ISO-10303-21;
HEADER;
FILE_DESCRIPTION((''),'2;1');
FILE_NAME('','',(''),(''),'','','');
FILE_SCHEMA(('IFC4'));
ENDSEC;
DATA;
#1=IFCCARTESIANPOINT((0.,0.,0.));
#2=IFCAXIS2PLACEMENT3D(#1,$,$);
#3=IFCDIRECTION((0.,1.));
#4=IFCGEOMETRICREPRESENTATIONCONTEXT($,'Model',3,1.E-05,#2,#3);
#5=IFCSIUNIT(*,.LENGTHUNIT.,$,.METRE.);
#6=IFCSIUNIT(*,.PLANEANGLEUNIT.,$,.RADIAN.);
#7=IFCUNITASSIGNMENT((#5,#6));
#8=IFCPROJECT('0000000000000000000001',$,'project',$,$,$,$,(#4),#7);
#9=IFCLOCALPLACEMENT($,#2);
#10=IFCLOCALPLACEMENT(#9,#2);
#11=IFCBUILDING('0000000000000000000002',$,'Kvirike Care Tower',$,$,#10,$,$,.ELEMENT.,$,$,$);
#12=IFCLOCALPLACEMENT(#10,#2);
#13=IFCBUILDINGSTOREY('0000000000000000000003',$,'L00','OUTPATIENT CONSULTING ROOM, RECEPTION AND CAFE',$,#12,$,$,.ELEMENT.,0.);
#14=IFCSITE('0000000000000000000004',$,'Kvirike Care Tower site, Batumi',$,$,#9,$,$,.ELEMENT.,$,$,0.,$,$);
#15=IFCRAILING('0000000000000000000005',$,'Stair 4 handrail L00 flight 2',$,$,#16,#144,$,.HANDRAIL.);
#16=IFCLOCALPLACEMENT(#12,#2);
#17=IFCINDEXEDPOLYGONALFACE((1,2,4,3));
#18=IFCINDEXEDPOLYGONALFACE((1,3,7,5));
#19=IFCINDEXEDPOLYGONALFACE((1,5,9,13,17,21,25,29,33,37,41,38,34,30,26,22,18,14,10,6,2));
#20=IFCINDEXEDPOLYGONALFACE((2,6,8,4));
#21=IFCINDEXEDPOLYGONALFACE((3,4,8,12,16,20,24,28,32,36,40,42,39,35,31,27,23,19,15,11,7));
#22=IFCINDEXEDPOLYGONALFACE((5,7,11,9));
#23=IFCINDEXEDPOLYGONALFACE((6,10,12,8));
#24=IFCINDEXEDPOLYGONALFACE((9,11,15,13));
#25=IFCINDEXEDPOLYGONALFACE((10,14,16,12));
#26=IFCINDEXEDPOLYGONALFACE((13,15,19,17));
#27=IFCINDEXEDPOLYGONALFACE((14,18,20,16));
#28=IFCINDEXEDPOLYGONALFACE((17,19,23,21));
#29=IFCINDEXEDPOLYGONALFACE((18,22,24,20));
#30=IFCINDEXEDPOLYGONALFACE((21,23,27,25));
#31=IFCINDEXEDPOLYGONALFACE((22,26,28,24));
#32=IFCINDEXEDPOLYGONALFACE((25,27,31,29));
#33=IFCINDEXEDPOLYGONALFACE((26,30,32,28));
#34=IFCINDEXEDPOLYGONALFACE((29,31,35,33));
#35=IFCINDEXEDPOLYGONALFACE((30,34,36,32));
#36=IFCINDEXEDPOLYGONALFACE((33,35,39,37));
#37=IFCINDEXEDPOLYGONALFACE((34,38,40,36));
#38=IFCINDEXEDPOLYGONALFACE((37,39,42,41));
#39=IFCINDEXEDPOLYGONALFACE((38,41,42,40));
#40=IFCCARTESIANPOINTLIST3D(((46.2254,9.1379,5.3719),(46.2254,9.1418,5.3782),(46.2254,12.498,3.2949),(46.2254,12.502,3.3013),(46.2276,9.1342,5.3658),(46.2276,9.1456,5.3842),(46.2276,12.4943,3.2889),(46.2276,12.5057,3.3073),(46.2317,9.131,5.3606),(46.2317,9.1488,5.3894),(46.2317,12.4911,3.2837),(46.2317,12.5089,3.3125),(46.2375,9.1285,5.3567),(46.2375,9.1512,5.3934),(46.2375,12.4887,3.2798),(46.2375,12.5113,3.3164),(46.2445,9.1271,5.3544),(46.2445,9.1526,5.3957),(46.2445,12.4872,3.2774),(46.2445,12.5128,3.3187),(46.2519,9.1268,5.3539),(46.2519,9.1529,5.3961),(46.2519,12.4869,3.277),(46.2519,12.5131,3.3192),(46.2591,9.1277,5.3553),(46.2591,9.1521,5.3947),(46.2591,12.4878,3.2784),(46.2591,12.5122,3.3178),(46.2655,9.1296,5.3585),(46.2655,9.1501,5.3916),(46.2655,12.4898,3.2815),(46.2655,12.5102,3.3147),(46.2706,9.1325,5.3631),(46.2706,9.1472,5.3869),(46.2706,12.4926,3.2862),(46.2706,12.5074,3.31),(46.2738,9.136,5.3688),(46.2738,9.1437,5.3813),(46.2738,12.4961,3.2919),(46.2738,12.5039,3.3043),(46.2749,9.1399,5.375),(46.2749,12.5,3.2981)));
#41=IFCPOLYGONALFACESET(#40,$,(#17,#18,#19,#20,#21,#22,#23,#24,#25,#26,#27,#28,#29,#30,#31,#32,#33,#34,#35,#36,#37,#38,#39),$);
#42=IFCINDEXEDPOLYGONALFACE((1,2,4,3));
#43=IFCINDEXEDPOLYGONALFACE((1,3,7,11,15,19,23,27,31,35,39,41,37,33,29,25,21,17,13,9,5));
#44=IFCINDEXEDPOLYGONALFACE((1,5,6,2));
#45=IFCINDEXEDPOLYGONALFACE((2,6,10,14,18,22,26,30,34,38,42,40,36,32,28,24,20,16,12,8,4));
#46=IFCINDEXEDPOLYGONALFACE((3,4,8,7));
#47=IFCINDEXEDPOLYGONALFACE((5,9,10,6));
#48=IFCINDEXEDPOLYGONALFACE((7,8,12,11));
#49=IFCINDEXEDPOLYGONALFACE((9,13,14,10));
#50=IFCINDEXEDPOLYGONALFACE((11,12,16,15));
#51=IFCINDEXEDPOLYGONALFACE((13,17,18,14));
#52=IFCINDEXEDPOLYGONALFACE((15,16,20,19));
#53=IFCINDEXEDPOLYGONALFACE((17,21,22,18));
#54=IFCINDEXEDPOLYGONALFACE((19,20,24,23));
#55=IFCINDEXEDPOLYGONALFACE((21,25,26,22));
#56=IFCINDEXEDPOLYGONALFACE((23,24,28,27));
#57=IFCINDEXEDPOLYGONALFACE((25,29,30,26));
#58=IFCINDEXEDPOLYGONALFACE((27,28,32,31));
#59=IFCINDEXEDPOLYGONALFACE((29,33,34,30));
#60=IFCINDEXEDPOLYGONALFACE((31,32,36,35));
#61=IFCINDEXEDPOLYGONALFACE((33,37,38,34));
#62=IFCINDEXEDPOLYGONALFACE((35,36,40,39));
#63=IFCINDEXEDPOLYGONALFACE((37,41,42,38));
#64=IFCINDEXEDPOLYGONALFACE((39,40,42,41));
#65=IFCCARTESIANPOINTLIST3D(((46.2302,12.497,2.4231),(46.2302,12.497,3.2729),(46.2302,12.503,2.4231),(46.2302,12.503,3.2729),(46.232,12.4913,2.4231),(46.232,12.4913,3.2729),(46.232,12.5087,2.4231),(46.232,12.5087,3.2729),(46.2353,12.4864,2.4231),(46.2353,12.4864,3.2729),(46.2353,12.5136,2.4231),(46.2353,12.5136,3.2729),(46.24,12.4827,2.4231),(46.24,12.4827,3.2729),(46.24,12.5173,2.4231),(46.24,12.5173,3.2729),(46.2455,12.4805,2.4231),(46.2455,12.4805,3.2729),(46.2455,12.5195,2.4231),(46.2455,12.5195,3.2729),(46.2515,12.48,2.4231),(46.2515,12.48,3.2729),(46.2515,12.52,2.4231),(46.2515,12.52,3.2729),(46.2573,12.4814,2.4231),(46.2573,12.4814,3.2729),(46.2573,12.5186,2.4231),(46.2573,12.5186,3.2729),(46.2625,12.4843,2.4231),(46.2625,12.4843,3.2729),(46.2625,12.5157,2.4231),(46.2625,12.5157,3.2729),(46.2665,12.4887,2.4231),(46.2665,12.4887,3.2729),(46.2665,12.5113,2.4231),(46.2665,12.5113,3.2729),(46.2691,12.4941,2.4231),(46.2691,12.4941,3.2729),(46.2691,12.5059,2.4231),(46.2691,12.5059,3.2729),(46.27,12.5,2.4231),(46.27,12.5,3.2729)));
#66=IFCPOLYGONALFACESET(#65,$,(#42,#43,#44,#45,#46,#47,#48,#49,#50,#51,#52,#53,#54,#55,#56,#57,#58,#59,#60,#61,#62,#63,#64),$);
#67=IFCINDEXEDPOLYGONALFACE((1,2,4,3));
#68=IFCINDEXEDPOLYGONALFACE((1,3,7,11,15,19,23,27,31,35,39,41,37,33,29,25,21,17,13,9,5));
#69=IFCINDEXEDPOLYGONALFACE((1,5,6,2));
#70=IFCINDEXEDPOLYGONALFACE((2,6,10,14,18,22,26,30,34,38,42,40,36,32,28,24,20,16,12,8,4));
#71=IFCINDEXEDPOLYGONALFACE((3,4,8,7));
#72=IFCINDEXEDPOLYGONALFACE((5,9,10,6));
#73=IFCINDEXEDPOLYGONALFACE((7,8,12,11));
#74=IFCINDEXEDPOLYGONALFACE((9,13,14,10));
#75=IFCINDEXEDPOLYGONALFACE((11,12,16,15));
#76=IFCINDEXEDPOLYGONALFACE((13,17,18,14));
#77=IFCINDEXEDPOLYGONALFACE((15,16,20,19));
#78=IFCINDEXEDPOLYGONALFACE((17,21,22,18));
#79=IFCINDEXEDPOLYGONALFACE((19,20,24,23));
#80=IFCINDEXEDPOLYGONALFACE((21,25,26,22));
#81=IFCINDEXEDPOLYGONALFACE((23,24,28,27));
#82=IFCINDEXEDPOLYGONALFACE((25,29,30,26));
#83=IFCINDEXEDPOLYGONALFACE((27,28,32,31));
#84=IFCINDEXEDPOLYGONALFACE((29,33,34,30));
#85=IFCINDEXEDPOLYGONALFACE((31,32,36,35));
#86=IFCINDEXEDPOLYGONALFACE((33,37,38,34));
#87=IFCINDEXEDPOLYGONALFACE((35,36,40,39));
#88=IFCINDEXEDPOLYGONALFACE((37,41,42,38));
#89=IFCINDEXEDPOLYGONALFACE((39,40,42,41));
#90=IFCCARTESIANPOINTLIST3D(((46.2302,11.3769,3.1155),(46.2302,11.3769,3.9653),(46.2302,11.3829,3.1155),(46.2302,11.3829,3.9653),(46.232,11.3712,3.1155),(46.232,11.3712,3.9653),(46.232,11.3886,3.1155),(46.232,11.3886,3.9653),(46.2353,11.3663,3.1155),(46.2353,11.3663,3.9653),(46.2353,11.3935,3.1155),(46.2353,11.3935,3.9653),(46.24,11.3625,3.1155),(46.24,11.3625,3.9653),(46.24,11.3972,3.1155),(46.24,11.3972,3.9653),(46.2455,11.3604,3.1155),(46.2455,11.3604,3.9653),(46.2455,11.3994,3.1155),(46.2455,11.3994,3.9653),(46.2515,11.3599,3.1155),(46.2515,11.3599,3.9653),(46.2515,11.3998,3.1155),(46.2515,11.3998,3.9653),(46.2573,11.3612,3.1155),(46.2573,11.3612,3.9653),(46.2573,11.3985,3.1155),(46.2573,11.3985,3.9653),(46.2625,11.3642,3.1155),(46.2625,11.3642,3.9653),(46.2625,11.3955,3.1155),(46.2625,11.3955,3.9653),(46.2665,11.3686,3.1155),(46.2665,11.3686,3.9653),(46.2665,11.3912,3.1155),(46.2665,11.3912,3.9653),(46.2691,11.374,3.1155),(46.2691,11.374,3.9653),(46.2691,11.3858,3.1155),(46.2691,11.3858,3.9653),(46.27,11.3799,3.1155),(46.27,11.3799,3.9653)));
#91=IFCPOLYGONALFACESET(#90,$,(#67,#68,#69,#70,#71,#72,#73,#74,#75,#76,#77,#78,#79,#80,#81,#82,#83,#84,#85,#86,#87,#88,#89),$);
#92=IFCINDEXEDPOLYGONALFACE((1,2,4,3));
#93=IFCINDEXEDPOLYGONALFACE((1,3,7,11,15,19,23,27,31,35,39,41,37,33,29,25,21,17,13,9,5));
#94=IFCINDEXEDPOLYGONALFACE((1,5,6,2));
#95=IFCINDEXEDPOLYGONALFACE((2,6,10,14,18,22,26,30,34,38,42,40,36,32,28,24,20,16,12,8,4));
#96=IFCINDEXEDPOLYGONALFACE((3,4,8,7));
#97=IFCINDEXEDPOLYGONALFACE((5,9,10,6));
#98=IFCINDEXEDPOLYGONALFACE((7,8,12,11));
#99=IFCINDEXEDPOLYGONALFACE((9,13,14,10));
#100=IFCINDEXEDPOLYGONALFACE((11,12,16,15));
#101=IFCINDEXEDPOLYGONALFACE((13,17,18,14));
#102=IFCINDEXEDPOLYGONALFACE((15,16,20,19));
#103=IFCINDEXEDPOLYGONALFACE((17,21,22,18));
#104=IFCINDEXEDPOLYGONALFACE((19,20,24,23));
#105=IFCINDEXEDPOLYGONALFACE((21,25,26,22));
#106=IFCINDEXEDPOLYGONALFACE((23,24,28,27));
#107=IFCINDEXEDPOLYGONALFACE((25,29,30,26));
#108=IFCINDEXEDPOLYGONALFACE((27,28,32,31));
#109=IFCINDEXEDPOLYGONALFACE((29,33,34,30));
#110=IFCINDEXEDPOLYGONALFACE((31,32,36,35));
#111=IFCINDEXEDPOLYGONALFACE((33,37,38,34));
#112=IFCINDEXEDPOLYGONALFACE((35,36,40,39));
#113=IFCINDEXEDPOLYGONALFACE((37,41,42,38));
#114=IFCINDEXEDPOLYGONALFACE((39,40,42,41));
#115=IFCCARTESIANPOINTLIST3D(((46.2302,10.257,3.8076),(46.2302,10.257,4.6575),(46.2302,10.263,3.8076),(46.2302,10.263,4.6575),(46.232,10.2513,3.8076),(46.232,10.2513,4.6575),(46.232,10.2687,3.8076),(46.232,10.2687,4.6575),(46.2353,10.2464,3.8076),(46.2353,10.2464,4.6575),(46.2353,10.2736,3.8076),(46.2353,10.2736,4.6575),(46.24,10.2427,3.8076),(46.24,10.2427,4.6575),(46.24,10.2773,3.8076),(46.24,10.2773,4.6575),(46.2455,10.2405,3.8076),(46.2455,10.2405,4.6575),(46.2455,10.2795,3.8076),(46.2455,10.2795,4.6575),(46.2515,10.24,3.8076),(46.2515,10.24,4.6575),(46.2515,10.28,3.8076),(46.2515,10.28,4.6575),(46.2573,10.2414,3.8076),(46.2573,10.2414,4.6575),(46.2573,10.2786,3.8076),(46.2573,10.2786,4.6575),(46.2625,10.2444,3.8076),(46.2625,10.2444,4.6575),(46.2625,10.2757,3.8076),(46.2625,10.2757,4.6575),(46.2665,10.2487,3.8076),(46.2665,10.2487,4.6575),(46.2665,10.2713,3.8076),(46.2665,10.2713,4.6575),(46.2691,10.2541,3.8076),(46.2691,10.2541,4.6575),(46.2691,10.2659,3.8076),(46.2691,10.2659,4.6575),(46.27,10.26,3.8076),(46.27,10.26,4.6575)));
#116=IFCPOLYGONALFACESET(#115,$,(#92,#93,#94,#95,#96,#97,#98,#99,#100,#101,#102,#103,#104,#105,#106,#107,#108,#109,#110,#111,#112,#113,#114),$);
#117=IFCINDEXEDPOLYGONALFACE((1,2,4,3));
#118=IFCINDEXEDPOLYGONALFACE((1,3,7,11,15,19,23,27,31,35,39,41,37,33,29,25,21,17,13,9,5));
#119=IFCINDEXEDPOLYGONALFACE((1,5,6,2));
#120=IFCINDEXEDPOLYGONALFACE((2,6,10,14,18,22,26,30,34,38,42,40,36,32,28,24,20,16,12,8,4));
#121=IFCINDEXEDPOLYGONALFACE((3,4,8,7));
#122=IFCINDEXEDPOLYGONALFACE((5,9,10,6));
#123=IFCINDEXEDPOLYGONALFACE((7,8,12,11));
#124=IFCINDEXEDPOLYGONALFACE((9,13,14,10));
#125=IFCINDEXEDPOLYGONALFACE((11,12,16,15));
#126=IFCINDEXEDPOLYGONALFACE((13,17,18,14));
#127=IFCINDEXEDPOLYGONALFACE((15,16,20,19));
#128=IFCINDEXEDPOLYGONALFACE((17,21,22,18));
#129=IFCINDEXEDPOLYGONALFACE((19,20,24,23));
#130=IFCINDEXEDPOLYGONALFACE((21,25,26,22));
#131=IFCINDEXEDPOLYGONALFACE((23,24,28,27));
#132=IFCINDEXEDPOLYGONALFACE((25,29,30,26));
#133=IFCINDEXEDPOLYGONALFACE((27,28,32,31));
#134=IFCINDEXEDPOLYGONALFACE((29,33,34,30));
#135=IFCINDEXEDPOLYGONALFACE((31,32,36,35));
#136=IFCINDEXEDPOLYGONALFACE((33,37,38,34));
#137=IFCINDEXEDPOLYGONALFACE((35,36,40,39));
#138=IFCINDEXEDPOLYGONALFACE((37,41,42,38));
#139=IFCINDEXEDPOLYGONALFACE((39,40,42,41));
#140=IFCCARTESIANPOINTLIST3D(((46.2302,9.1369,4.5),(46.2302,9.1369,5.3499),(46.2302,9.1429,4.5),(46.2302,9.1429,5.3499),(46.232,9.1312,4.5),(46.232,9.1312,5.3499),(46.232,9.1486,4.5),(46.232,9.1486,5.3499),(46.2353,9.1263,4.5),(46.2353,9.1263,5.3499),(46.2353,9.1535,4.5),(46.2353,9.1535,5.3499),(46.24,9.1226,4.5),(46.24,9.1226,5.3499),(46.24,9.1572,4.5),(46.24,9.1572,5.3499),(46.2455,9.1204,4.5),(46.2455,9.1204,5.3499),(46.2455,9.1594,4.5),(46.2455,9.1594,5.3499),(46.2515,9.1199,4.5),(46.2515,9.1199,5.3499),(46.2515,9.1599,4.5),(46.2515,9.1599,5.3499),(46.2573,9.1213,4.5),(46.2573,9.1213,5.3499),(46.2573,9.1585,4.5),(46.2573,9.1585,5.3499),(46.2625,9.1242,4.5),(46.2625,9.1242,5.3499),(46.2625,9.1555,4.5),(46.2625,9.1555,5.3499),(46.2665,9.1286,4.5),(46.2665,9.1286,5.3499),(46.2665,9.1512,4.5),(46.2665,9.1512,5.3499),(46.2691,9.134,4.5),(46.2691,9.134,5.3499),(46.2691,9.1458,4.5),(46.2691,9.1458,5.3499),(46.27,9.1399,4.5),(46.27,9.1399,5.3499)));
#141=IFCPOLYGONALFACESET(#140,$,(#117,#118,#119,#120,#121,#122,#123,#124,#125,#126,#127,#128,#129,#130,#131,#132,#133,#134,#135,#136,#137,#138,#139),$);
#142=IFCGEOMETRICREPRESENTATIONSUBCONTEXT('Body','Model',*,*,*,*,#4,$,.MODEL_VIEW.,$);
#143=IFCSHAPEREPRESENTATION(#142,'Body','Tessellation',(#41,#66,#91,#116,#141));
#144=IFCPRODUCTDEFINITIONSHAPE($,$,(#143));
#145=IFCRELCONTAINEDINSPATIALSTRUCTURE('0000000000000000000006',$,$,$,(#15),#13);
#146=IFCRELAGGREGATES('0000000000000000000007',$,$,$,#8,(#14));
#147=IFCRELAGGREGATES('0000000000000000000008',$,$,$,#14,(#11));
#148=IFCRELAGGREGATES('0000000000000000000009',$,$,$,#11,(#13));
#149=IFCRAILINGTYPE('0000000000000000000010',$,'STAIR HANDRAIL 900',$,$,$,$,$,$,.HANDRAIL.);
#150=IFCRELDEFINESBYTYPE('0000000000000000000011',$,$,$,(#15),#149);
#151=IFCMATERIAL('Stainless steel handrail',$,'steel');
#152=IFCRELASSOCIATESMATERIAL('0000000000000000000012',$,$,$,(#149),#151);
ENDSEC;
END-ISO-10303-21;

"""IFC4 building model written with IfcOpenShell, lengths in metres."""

from ifc_helpers import new_model, si_unit, direction, frame, origin, origin_2d, place, context, subcontext, project, spatial, circle, extrude, material, type_object, element, save


model = new_model("IFC4")

# Units and contexts
model_context = context("Model", 3, precision=1e-05, world=origin(), true_north=direction((0.0, 1.0)))
body_context = subcontext(model_context, "Body", "Model", "MODEL_VIEW")
ifc_project = project(units=[si_unit("LENGTHUNIT", "METRE"), si_unit("PLANEANGLEUNIT", "RADIAN")], contexts=[model_context])

# Site, building, storey
site_placement = place(None, origin())
site = spatial("IfcSite", under=ifc_project, at=site_placement, Name="Kvirike Care Tower site, Batumi", CompositionType="ELEMENT", RefElevation=0.0)
building_placement = place(site_placement, origin())
building = spatial("IfcBuilding", under=site, at=building_placement, Name="Kvirike Care Tower", CompositionType="ELEMENT")
storey_placement = place(building_placement, origin())
storey = spatial("IfcBuildingStorey", under=building, at=storey_placement, Name="L00", Description="OUTPATIENT CONSULTING ROOM, RECEPTION AND CAFE", CompositionType="ELEMENT", Elevation=0.0)

# Railing
ifc_material_1 = material(Name="Stainless steel handrail", Category="steel")
railing_type = type_object("IfcRailingType", Name="STAIR HANDRAIL 900", PredefinedType="HANDRAIL", material=ifc_material_1)
railing_1_placement = place(storey_placement, frame((46.25, 12.5, 2.4231)))
element("IfcRailing", 1, at=railing_1_placement, inside=storey, type_object=railing_type, Name="Stair 4 handrail L00 flight 2", PredefinedType="HANDRAIL", context=body_context, shape_type="SweptSolid", body=[
    extrude(circle(Radius=0.0249, at=origin_2d()), frame((0.0, 0.0, 0.875), z_axis=(0.0, -0.850623, 0.525776), x_axis=(1.0, 0.0, 0.0)), (0.0, 0.0, 1.0), 3.9502),
    extrude(circle(Radius=0.02, at=origin_2d()), origin(), (0.0, 0.0, 1.0), 0.8499),
    extrude(circle(Radius=0.02, at=origin_2d()), frame((0.0, -1.1201, 0.6924)), (0.0, 0.0, 1.0), 0.8499),
    extrude(circle(Radius=0.02, at=origin_2d()), frame((0.0, -2.24, 1.3845)), (0.0, 0.0, 1.0), 0.8499),
    extrude(circle(Radius=0.02, at=origin_2d()), frame((0.0, -3.3601, 2.0769)), (0.0, 0.0, 1.0), 0.8499),
])

save(model, "model.ifc")
